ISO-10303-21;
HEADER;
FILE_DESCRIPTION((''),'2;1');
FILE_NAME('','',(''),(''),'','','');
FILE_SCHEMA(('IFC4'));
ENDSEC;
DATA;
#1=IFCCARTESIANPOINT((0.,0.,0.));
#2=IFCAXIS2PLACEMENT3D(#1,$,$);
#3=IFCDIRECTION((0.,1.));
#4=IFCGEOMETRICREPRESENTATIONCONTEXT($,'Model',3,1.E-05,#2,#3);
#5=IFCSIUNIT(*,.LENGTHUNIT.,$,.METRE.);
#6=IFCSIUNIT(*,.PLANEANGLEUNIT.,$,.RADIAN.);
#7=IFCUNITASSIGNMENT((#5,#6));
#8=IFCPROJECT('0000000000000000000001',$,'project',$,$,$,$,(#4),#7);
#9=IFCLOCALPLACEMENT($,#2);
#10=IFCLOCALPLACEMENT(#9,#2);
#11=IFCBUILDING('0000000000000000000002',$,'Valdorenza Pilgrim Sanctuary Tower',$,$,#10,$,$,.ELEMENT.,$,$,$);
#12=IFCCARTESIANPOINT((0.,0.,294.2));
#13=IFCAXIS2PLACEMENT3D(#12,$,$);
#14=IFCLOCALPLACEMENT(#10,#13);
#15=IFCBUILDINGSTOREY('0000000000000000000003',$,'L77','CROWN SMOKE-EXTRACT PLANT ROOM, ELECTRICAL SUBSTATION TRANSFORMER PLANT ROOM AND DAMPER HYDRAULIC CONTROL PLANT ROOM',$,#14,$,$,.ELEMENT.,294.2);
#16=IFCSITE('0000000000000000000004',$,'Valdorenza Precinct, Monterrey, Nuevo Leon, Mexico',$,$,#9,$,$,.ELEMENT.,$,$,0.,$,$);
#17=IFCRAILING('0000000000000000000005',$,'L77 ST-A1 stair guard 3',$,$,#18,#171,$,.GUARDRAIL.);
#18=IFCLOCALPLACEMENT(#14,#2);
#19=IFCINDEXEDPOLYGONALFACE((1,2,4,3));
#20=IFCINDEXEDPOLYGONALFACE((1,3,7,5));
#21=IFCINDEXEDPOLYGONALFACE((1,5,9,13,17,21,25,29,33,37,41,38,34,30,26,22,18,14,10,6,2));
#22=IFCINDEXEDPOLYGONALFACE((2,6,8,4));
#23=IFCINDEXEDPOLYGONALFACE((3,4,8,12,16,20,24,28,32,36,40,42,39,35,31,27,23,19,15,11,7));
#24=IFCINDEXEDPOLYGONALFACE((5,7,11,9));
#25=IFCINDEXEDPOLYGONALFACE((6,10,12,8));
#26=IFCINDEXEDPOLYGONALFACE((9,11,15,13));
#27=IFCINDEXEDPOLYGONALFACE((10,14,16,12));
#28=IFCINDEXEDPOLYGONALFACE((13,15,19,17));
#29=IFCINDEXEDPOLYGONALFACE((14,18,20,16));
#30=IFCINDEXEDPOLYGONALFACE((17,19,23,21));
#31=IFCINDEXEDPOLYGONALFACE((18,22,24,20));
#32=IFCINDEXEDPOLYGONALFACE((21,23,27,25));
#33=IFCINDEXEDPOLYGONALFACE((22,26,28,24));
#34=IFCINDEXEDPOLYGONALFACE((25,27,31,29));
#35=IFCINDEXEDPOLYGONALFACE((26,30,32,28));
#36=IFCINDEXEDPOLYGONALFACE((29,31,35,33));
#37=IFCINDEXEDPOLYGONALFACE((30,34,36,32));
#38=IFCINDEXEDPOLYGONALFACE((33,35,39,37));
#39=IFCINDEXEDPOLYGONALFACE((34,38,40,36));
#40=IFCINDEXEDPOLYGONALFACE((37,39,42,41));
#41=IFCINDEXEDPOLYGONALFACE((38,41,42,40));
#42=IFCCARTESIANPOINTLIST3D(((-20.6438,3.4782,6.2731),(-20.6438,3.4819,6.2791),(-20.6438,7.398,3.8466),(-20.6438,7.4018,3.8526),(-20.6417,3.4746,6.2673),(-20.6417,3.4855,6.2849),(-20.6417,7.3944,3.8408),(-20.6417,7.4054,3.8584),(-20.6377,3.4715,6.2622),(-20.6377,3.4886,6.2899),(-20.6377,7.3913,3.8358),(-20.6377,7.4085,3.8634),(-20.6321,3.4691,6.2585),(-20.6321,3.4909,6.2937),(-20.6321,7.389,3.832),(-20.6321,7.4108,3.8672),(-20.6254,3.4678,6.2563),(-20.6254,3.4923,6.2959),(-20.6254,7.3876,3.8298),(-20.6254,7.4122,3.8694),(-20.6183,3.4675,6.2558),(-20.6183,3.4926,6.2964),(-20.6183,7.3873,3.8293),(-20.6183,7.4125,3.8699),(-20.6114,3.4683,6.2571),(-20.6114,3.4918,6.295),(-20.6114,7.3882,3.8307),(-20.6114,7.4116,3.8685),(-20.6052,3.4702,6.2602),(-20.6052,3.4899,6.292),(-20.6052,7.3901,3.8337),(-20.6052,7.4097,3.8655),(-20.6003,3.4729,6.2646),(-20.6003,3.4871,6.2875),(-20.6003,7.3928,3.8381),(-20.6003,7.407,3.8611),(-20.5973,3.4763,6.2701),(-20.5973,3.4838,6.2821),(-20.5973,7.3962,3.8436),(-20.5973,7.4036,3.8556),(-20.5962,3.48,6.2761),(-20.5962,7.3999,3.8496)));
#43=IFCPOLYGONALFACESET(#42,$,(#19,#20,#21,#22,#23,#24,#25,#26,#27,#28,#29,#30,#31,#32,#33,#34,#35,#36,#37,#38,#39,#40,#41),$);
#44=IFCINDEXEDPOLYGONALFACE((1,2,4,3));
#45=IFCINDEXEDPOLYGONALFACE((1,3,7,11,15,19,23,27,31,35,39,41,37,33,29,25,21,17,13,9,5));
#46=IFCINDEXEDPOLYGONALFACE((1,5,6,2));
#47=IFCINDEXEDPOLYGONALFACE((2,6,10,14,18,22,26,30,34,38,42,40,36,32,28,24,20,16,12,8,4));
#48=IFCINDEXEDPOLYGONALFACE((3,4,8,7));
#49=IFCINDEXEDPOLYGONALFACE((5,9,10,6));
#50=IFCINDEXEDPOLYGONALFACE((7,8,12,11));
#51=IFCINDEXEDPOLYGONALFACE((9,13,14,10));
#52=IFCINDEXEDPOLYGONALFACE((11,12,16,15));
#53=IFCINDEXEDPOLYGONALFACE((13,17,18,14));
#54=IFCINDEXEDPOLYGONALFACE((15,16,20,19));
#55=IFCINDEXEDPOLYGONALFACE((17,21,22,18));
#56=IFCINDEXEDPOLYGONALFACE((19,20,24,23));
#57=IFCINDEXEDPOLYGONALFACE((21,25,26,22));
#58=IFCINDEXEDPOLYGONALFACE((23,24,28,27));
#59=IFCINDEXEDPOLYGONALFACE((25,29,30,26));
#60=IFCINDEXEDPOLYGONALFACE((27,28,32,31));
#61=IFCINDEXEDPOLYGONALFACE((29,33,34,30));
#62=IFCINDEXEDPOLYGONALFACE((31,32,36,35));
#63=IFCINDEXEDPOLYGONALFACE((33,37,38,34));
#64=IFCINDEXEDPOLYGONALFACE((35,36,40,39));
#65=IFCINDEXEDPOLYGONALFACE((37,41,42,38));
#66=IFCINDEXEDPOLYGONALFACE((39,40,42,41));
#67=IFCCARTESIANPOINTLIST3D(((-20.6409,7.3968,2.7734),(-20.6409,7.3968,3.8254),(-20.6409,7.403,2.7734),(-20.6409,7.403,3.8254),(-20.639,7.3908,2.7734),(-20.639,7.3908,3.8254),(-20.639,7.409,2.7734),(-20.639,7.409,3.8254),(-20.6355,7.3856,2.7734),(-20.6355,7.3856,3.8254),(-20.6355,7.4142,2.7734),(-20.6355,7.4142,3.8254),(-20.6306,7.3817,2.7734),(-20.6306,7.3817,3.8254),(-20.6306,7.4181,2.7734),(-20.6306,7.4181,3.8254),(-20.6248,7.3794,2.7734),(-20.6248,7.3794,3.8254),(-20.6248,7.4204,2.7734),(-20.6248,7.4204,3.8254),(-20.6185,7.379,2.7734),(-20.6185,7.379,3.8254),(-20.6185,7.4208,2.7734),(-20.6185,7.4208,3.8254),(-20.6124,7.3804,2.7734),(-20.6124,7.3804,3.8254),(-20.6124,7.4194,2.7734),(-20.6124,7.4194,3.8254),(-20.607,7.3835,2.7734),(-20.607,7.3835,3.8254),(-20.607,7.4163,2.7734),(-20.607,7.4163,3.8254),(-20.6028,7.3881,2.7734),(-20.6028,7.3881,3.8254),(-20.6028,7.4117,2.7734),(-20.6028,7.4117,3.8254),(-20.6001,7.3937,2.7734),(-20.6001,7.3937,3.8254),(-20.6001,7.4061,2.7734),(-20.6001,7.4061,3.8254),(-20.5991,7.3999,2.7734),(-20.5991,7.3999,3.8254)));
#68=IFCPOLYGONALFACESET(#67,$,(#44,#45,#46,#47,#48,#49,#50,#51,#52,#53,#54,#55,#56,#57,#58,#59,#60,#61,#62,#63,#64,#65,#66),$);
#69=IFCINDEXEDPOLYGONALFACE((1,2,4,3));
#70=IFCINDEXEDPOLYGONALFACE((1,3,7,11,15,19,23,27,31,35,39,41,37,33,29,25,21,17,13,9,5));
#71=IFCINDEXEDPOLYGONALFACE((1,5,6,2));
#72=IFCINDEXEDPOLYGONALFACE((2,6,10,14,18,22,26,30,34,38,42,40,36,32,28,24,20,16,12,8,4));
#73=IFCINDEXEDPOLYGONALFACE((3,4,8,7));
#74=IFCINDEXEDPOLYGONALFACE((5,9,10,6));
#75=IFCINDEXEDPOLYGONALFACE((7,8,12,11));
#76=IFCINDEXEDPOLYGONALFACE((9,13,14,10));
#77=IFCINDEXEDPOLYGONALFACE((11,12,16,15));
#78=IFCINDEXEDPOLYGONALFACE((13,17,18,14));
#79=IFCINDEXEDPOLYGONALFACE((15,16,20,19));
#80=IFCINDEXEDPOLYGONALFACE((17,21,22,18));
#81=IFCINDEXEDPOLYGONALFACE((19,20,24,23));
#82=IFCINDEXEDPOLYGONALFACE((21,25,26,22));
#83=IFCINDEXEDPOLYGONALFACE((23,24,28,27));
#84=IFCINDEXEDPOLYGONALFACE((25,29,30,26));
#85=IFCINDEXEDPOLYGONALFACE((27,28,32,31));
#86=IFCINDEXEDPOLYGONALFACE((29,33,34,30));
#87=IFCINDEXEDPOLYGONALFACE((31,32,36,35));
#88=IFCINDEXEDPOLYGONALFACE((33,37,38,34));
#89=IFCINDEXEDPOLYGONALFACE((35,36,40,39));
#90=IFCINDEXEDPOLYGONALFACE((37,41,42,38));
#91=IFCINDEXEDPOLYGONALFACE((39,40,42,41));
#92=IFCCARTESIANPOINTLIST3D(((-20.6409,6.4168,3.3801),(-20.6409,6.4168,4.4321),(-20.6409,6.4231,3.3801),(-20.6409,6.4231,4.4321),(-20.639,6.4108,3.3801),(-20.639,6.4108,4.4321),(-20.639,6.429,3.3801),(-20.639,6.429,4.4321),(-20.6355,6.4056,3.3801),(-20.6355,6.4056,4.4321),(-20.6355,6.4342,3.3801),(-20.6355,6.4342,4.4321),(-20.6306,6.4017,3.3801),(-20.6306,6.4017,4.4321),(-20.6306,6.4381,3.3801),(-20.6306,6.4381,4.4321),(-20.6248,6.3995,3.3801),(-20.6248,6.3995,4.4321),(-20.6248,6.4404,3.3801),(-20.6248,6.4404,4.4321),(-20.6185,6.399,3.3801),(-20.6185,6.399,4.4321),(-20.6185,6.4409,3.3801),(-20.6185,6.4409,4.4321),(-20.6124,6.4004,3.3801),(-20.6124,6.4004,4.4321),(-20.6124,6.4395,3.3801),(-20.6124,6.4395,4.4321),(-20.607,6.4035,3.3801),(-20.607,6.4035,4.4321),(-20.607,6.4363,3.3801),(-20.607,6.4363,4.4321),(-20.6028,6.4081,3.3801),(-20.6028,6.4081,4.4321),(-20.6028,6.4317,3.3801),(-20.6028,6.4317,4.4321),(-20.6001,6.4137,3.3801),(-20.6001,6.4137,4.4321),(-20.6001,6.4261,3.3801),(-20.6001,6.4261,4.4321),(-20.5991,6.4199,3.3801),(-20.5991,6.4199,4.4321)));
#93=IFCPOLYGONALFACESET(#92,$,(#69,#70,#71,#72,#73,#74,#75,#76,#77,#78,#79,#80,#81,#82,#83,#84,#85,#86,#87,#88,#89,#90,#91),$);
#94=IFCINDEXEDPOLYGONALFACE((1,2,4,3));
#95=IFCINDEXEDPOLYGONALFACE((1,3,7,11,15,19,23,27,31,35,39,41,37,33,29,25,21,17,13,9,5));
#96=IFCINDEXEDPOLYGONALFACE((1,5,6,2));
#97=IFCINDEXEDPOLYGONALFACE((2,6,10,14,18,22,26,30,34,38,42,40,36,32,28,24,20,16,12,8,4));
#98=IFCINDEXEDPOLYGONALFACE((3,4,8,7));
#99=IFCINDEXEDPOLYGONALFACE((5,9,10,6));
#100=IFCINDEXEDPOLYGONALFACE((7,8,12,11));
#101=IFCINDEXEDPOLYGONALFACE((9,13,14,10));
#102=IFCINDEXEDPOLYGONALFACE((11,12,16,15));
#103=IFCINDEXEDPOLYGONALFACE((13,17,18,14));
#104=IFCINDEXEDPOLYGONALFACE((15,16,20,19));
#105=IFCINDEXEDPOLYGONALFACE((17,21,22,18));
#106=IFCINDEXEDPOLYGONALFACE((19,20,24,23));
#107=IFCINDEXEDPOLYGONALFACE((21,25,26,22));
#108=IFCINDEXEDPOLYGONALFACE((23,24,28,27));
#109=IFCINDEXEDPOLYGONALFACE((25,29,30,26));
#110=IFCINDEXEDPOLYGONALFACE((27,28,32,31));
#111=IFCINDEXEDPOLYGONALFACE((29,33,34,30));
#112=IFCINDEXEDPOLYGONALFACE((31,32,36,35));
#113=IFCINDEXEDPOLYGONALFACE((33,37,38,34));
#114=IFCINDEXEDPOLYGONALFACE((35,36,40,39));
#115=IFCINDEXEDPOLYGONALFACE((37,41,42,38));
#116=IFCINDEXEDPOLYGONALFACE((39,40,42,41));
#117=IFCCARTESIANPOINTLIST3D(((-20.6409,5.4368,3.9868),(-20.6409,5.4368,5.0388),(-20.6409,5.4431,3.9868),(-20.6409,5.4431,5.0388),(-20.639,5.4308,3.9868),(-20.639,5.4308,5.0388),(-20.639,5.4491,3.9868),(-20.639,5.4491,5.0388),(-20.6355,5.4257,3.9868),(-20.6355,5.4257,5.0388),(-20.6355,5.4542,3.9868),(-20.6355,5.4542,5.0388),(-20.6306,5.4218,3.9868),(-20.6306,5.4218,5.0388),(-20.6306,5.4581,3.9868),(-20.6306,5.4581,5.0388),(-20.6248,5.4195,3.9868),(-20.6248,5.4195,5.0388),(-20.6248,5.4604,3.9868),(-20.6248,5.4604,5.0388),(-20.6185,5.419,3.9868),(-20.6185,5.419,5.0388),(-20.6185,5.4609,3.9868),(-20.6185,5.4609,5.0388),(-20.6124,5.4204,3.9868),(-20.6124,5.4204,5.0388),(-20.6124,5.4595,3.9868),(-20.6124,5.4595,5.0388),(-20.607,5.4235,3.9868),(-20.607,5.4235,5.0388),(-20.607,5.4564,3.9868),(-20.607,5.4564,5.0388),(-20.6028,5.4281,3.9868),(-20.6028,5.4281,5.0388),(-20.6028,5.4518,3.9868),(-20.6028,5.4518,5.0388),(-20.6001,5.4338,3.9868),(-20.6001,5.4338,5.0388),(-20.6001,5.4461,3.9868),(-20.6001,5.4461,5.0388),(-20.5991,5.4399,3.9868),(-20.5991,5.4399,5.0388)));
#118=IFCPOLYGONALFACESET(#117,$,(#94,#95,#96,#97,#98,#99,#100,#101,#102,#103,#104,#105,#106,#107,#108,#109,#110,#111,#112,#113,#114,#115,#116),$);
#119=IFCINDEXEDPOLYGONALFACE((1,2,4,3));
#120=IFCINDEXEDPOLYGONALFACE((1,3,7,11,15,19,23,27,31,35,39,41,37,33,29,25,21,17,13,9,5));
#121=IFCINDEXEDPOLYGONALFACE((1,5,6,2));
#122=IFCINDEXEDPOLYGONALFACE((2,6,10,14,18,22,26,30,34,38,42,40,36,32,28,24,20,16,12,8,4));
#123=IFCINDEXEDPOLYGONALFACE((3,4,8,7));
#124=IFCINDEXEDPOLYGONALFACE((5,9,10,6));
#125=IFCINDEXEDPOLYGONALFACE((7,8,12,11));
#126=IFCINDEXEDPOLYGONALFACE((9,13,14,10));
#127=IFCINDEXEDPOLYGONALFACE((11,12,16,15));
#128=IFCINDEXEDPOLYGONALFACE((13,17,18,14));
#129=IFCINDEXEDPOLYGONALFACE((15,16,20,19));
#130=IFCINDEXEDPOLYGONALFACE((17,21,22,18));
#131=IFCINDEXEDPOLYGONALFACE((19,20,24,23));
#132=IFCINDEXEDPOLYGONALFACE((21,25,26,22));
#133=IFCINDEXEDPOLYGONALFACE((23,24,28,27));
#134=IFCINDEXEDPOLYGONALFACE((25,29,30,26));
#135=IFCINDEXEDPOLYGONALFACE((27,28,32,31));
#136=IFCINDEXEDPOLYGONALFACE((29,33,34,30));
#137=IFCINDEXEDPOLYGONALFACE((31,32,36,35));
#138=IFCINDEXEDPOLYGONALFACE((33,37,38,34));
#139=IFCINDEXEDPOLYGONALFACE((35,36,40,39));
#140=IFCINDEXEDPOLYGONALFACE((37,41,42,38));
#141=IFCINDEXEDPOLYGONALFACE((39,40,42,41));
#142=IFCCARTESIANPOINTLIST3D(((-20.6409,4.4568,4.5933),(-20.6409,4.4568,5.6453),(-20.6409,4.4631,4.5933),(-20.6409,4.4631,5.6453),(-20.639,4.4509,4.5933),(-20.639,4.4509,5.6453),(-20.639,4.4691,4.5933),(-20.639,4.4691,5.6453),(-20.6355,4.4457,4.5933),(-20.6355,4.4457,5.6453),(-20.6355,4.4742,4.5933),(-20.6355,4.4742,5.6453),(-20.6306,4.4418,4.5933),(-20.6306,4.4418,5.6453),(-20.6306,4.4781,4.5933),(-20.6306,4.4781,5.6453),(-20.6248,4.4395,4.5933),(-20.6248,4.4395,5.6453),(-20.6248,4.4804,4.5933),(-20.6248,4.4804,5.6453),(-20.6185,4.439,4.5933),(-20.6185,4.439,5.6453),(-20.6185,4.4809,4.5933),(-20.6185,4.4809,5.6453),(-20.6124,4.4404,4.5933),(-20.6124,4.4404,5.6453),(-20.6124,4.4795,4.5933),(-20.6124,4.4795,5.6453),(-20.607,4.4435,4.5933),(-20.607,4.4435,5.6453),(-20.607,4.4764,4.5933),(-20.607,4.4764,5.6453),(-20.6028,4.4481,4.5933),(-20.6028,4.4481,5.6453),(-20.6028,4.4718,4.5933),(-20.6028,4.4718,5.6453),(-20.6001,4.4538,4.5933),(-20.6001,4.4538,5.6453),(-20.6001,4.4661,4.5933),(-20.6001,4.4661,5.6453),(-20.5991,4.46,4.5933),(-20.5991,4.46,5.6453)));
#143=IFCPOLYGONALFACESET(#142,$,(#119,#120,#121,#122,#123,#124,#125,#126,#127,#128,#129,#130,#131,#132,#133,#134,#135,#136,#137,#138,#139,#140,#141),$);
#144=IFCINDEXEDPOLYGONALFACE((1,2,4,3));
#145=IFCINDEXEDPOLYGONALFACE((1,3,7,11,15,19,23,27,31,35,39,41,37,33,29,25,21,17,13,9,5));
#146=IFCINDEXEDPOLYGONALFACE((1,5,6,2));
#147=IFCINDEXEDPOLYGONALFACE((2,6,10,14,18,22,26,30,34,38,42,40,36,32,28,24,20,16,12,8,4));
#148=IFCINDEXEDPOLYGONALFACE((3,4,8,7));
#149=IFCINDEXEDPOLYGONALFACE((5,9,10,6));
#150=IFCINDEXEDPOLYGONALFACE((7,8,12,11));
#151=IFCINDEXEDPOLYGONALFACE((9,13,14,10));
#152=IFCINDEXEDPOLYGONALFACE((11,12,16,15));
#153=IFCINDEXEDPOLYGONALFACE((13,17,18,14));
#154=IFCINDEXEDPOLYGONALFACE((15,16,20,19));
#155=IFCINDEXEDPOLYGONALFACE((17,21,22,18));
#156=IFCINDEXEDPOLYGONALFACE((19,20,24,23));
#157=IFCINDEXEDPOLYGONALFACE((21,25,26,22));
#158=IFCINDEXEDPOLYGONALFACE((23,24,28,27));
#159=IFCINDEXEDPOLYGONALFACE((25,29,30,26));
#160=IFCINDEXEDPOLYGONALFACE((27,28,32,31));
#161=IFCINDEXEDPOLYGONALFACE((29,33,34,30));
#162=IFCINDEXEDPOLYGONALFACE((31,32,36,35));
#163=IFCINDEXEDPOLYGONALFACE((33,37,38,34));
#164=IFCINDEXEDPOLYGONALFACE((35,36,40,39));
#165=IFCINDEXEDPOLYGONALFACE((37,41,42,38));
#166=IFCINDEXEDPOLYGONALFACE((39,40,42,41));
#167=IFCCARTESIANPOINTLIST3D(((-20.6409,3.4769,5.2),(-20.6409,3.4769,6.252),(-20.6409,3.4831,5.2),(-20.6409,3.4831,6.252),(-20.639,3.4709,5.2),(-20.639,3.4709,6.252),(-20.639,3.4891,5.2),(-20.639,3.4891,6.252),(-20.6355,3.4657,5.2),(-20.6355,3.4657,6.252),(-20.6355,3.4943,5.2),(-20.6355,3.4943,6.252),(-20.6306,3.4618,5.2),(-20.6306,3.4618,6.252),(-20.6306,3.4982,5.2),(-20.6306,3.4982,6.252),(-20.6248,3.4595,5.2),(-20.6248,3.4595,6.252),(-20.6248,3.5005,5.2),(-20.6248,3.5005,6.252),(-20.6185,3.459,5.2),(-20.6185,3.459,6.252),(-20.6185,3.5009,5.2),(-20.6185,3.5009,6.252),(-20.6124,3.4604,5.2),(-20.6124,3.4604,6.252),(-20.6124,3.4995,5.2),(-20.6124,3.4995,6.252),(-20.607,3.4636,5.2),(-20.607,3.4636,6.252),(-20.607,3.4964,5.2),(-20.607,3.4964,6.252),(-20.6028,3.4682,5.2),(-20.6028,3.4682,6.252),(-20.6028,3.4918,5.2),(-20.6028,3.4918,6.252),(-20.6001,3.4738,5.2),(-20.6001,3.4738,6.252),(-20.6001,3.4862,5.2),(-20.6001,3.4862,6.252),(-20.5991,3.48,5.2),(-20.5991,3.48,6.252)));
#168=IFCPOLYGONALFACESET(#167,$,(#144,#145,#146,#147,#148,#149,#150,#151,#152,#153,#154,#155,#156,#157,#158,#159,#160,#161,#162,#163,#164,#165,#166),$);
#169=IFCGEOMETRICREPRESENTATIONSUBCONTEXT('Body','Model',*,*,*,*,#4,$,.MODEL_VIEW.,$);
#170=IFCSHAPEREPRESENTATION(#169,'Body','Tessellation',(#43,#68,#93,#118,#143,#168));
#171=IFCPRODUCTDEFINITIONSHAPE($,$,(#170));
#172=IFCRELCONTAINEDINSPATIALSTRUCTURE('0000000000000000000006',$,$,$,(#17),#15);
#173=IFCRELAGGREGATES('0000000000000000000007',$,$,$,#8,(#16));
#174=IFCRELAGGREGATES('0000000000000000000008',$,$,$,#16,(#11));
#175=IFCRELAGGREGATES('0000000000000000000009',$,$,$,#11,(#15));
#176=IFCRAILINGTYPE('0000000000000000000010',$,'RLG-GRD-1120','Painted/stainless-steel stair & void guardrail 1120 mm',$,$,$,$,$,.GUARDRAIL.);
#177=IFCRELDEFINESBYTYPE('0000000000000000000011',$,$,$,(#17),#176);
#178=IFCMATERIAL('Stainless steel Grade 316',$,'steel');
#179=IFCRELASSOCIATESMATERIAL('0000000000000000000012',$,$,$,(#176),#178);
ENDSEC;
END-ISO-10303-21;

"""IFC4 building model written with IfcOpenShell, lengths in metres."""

from ifc_helpers import new_model, si_unit, direction, frame, origin, origin_2d, place, context, subcontext, project, spatial, circle, extrude, material, type_object, element, save


model = new_model("IFC4")

# Units and contexts
model_context = context("Model", 3, precision=1e-05, world=origin(), true_north=direction((0.0, 1.0)))
body_context = subcontext(model_context, "Body", "Model", "MODEL_VIEW")
ifc_project = project(units=[si_unit("LENGTHUNIT", "METRE"), si_unit("PLANEANGLEUNIT", "RADIAN")], contexts=[model_context])

# Site, building, storey
site_placement = place(None, origin())
site = spatial("IfcSite", under=ifc_project, at=site_placement, Name="Valdorenza Precinct, Monterrey, Nuevo Leon, Mexico", CompositionType="ELEMENT", RefElevation=0.0)
building_placement = place(site_placement, origin())
building = spatial("IfcBuilding", under=site, at=building_placement, Name="Valdorenza Pilgrim Sanctuary Tower", CompositionType="ELEMENT")
storey_placement = place(building_placement, frame((0.0, 0.0, 294.2)))
storey = spatial("IfcBuildingStorey", under=building, at=storey_placement, Name="L77", Description="CROWN SMOKE-EXTRACT PLANT ROOM, ELECTRICAL SUBSTATION TRANSFORMER PLANT ROOM AND DAMPER HYDRAULIC CONTROL PLANT ROOM", CompositionType="ELEMENT", Elevation=294.2)

# Railing
ifc_material_1 = material(Name="Stainless steel Grade 316", Category="steel")
railing_type_1 = type_object("IfcRailingType", Name="RLG-GRD-1120", Description="Painted/stainless-steel stair & void guardrail 1120 mm", PredefinedType="GUARDRAIL", material=ifc_material_1)
railing_1_placement = place(storey_placement, frame((-20.6201, 7.3999, 2.7734)))
element("IfcRailing", 1, at=railing_1_placement, inside=storey, type_object=railing_type_1, Name="L77 ST-A1 stair guard 3", PredefinedType="GUARDRAIL", context=body_context, shape_type="SweptSolid", body=[
    extrude(circle(Radius=0.0239, at=origin_2d()), frame((0.0, 0.0, 1.0762), z_axis=(0.0, -0.850275, 0.526338), x_axis=(1.0, 0.0, 0.0)), (0.0, 0.0, 1.0), 4.6101),
    extrude(circle(Radius=0.021, at=origin_2d()), origin(), (0.0, 0.0, 1.0), 1.052),
    extrude(circle(Radius=0.021, at=origin_2d()), frame((0.0, -0.98, 0.6067)), (0.0, 0.0, 1.0), 1.052),
    extrude(circle(Radius=0.021, at=origin_2d()), frame((0.0, -1.96, 1.2134)), (0.0, 0.0, 1.0), 1.052),
    extrude(circle(Radius=0.021, at=origin_2d()), frame((0.0, -2.9399, 1.8198)), (0.0, 0.0, 1.0), 1.052),
    extrude(circle(Radius=0.021, at=origin_2d()), frame((0.0, -3.9199, 2.4265)), (0.0, 0.0, 1.0), 1.052),
])

save(model, "model.ifc")
